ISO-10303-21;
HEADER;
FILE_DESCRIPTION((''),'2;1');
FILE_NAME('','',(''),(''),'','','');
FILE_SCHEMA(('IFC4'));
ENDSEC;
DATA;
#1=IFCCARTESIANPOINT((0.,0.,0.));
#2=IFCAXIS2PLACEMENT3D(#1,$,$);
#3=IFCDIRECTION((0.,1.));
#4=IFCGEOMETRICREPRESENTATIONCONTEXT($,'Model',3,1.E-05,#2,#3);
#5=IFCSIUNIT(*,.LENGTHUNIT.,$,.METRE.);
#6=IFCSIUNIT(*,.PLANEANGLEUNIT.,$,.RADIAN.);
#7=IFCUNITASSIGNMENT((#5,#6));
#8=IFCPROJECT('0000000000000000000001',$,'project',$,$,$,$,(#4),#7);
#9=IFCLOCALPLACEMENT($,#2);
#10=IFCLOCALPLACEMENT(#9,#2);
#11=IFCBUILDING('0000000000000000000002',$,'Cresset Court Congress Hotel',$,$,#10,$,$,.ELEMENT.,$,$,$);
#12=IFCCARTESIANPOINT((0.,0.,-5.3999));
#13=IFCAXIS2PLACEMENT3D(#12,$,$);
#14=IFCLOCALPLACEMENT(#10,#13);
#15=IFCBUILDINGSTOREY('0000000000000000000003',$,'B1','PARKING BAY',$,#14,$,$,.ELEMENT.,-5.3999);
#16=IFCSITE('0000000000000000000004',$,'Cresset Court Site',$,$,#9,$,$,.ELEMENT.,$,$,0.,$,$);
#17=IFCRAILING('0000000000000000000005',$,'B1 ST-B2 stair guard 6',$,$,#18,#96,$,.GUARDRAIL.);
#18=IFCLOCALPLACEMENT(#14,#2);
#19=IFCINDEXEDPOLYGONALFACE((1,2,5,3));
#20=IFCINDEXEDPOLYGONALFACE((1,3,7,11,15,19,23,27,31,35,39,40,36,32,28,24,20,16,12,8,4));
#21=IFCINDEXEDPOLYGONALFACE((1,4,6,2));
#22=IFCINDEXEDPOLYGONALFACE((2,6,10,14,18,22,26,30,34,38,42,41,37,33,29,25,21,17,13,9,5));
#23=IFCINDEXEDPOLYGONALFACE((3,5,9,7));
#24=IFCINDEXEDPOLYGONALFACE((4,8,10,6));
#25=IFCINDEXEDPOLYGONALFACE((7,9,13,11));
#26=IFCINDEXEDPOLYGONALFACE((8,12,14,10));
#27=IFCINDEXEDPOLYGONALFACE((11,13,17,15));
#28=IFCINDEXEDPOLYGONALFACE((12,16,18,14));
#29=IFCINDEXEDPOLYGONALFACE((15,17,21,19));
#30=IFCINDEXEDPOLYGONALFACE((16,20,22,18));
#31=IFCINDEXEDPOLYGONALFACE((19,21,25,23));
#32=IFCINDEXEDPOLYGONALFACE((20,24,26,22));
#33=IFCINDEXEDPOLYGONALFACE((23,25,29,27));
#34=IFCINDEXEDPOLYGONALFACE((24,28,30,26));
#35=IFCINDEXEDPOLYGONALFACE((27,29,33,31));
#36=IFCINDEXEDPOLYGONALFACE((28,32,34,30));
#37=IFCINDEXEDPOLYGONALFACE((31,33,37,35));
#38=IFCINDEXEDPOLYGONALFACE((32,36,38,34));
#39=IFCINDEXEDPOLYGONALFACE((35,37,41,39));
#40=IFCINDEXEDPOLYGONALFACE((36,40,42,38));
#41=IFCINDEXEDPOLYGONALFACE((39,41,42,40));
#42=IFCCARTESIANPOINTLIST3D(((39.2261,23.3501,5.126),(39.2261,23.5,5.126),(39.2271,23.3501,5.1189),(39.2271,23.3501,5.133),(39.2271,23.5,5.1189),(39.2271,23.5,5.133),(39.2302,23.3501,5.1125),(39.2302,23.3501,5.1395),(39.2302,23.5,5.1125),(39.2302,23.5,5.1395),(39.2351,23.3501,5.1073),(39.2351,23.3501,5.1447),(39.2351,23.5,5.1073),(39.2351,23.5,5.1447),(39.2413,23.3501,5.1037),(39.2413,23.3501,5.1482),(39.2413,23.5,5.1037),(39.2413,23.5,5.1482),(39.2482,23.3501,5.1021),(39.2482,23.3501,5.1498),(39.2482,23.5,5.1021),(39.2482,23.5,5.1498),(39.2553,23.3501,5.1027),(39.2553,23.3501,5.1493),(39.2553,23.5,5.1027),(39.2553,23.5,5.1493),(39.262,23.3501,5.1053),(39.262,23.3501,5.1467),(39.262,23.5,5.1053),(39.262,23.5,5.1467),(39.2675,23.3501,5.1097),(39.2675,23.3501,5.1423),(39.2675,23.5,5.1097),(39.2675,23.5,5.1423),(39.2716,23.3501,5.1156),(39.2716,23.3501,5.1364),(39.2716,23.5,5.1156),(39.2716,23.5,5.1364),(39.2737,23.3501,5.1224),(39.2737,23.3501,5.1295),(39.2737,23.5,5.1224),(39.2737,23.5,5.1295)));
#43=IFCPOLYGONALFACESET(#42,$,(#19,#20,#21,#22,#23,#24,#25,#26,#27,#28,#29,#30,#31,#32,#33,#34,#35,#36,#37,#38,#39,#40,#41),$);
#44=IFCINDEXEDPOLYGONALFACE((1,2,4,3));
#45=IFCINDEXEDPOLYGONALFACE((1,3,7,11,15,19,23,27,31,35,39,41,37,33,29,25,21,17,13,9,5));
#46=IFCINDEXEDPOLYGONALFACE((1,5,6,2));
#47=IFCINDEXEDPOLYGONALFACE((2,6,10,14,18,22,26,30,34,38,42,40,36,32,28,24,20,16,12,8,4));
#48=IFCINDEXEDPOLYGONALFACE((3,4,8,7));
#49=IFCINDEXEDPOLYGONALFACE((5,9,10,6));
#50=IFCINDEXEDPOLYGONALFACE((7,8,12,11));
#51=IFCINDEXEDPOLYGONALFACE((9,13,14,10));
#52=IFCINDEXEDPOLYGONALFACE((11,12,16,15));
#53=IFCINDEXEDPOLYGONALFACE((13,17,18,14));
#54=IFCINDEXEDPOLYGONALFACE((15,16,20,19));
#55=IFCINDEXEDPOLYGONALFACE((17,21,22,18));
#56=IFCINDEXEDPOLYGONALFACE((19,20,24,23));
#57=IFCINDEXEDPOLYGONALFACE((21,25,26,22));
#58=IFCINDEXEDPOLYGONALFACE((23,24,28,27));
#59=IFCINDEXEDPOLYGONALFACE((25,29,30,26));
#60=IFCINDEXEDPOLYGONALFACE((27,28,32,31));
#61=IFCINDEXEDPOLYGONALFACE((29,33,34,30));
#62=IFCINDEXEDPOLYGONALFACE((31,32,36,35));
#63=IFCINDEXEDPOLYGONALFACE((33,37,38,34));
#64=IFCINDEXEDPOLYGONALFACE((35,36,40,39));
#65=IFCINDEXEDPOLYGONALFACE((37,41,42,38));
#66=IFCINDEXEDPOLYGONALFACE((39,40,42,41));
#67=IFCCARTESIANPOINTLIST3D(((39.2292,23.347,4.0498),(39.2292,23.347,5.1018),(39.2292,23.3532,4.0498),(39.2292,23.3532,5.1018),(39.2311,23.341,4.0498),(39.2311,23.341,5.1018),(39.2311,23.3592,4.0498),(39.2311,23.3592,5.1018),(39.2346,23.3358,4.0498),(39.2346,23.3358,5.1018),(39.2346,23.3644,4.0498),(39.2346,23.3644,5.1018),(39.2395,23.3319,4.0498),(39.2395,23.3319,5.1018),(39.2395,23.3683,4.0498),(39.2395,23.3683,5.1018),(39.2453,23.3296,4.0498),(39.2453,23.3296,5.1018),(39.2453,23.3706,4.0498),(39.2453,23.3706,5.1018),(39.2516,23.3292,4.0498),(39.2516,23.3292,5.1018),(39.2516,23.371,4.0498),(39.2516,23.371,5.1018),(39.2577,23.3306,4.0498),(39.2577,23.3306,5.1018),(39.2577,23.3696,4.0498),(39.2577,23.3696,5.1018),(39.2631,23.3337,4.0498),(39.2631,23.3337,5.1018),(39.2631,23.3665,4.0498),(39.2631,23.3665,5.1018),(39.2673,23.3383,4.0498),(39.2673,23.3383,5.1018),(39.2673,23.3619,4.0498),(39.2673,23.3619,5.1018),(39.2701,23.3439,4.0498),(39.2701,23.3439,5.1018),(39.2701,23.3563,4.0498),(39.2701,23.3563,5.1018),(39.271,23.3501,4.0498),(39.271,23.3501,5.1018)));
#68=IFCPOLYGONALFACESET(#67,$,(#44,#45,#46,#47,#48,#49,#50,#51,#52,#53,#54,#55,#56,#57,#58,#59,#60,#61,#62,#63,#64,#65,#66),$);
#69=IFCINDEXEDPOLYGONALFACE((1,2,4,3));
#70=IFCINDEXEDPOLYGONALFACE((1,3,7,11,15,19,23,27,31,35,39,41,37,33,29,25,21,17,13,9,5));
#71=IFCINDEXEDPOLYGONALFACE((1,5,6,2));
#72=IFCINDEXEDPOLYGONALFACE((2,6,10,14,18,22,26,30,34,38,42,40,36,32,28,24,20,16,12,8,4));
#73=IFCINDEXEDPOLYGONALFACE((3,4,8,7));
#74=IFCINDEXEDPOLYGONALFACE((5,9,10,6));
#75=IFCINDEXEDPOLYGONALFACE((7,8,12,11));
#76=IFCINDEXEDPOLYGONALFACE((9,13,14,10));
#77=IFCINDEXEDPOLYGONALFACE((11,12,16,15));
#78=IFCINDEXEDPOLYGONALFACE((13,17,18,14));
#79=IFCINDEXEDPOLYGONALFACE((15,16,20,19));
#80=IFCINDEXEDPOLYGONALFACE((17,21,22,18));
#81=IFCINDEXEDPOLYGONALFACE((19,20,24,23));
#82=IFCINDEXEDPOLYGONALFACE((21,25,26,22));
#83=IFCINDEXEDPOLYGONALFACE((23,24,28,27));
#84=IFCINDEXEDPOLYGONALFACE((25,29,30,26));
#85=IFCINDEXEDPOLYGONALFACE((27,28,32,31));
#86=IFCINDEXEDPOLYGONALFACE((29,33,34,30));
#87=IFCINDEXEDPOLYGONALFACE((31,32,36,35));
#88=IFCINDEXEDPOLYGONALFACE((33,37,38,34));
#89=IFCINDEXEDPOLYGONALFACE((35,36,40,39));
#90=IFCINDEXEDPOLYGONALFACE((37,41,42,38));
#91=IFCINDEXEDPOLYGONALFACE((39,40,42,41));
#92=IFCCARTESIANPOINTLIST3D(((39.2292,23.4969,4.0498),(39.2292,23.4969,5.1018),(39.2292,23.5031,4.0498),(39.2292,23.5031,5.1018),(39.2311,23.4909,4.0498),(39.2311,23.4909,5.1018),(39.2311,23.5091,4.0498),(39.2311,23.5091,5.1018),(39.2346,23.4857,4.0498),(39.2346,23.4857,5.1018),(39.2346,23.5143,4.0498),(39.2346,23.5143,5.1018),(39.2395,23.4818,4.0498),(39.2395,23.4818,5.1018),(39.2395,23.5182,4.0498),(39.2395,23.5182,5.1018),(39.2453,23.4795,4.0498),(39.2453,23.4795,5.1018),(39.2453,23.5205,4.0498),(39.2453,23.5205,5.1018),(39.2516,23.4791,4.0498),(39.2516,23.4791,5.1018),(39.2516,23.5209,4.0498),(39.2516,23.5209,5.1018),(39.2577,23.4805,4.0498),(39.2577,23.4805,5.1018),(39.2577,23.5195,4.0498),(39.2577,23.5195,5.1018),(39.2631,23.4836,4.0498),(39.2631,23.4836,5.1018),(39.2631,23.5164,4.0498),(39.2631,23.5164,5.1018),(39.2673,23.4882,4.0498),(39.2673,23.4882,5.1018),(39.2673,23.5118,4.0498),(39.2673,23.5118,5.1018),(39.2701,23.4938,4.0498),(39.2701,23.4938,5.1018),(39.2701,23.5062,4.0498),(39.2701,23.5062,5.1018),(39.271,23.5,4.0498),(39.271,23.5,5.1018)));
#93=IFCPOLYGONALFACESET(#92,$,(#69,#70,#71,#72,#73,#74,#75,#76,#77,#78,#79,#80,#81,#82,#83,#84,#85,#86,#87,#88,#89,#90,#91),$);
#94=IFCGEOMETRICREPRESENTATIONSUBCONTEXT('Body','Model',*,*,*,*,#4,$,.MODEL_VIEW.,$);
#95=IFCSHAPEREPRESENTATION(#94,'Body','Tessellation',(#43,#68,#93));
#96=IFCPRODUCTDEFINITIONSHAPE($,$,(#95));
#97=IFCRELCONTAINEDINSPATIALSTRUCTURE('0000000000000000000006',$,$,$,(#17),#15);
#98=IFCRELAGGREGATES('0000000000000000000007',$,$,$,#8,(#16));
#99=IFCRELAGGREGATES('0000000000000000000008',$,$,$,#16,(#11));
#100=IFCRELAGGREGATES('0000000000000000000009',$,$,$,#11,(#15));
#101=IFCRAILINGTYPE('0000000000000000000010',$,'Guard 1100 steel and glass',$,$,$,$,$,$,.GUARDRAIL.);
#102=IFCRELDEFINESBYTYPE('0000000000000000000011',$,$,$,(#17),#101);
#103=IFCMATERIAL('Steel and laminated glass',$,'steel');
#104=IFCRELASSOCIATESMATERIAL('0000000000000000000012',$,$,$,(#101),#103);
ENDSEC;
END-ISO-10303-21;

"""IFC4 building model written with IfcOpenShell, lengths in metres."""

from ifc_helpers import new_model, si_unit, direction, frame, origin, origin_2d, place, context, subcontext, project, spatial, circle, extrude, material, type_object, element, save


model = new_model("IFC4")

# Units and contexts
model_context = context("Model", 3, precision=1e-05, world=origin(), true_north=direction((0.0, 1.0)))
body_context = subcontext(model_context, "Body", "Model", "MODEL_VIEW")
ifc_project = project(units=[si_unit("LENGTHUNIT", "METRE"), si_unit("PLANEANGLEUNIT", "RADIAN")], contexts=[model_context])

# Site, building, storey
site_placement = place(None, origin())
site = spatial("IfcSite", under=ifc_project, at=site_placement, Name="Cresset Court Site", CompositionType="ELEMENT", RefElevation=0.0)
building_placement = place(site_placement, origin())
building = spatial("IfcBuilding", under=site, at=building_placement, Name="Cresset Court Congress Hotel", CompositionType="ELEMENT")
storey_placement = place(building_placement, frame((0.0, 0.0, -5.3999)))
storey = spatial("IfcBuildingStorey", under=building, at=storey_placement, Name="B1", Description="PARKING BAY", CompositionType="ELEMENT", Elevation=-5.3999)

# Railing
ifc_material_1 = material(Name="Steel and laminated glass", Category="steel")
railing_type_1 = type_object("IfcRailingType", Name="Guard 1100 steel and glass", PredefinedType="GUARDRAIL", material=ifc_material_1)
railing_1_placement = place(storey_placement, frame((39.25, 23.3501, 4.0498)))
element("IfcRailing", 1, at=railing_1_placement, inside=storey, type_object=railing_type_1, Name="B1 ST-B2 stair guard 6", PredefinedType="GUARDRAIL", context=body_context, shape_type="SweptSolid", body=[
    extrude(circle(Radius=0.0239, at=origin_2d()), frame((0.0, 0.0, 1.0762), z_axis=(0.0, 1.0, 0.0), x_axis=(-1.0, 0.0, 0.0)), (0.0, 0.0, 1.0), 0.1499),
    extrude(circle(Radius=0.021, at=origin_2d()), origin(), (0.0, 0.0, 1.0), 1.052),
    extrude(circle(Radius=0.021, at=origin_2d()), frame((0.0, 0.1499, 0.0)), (0.0, 0.0, 1.0), 1.052),
])

save(model, "model.ifc")
